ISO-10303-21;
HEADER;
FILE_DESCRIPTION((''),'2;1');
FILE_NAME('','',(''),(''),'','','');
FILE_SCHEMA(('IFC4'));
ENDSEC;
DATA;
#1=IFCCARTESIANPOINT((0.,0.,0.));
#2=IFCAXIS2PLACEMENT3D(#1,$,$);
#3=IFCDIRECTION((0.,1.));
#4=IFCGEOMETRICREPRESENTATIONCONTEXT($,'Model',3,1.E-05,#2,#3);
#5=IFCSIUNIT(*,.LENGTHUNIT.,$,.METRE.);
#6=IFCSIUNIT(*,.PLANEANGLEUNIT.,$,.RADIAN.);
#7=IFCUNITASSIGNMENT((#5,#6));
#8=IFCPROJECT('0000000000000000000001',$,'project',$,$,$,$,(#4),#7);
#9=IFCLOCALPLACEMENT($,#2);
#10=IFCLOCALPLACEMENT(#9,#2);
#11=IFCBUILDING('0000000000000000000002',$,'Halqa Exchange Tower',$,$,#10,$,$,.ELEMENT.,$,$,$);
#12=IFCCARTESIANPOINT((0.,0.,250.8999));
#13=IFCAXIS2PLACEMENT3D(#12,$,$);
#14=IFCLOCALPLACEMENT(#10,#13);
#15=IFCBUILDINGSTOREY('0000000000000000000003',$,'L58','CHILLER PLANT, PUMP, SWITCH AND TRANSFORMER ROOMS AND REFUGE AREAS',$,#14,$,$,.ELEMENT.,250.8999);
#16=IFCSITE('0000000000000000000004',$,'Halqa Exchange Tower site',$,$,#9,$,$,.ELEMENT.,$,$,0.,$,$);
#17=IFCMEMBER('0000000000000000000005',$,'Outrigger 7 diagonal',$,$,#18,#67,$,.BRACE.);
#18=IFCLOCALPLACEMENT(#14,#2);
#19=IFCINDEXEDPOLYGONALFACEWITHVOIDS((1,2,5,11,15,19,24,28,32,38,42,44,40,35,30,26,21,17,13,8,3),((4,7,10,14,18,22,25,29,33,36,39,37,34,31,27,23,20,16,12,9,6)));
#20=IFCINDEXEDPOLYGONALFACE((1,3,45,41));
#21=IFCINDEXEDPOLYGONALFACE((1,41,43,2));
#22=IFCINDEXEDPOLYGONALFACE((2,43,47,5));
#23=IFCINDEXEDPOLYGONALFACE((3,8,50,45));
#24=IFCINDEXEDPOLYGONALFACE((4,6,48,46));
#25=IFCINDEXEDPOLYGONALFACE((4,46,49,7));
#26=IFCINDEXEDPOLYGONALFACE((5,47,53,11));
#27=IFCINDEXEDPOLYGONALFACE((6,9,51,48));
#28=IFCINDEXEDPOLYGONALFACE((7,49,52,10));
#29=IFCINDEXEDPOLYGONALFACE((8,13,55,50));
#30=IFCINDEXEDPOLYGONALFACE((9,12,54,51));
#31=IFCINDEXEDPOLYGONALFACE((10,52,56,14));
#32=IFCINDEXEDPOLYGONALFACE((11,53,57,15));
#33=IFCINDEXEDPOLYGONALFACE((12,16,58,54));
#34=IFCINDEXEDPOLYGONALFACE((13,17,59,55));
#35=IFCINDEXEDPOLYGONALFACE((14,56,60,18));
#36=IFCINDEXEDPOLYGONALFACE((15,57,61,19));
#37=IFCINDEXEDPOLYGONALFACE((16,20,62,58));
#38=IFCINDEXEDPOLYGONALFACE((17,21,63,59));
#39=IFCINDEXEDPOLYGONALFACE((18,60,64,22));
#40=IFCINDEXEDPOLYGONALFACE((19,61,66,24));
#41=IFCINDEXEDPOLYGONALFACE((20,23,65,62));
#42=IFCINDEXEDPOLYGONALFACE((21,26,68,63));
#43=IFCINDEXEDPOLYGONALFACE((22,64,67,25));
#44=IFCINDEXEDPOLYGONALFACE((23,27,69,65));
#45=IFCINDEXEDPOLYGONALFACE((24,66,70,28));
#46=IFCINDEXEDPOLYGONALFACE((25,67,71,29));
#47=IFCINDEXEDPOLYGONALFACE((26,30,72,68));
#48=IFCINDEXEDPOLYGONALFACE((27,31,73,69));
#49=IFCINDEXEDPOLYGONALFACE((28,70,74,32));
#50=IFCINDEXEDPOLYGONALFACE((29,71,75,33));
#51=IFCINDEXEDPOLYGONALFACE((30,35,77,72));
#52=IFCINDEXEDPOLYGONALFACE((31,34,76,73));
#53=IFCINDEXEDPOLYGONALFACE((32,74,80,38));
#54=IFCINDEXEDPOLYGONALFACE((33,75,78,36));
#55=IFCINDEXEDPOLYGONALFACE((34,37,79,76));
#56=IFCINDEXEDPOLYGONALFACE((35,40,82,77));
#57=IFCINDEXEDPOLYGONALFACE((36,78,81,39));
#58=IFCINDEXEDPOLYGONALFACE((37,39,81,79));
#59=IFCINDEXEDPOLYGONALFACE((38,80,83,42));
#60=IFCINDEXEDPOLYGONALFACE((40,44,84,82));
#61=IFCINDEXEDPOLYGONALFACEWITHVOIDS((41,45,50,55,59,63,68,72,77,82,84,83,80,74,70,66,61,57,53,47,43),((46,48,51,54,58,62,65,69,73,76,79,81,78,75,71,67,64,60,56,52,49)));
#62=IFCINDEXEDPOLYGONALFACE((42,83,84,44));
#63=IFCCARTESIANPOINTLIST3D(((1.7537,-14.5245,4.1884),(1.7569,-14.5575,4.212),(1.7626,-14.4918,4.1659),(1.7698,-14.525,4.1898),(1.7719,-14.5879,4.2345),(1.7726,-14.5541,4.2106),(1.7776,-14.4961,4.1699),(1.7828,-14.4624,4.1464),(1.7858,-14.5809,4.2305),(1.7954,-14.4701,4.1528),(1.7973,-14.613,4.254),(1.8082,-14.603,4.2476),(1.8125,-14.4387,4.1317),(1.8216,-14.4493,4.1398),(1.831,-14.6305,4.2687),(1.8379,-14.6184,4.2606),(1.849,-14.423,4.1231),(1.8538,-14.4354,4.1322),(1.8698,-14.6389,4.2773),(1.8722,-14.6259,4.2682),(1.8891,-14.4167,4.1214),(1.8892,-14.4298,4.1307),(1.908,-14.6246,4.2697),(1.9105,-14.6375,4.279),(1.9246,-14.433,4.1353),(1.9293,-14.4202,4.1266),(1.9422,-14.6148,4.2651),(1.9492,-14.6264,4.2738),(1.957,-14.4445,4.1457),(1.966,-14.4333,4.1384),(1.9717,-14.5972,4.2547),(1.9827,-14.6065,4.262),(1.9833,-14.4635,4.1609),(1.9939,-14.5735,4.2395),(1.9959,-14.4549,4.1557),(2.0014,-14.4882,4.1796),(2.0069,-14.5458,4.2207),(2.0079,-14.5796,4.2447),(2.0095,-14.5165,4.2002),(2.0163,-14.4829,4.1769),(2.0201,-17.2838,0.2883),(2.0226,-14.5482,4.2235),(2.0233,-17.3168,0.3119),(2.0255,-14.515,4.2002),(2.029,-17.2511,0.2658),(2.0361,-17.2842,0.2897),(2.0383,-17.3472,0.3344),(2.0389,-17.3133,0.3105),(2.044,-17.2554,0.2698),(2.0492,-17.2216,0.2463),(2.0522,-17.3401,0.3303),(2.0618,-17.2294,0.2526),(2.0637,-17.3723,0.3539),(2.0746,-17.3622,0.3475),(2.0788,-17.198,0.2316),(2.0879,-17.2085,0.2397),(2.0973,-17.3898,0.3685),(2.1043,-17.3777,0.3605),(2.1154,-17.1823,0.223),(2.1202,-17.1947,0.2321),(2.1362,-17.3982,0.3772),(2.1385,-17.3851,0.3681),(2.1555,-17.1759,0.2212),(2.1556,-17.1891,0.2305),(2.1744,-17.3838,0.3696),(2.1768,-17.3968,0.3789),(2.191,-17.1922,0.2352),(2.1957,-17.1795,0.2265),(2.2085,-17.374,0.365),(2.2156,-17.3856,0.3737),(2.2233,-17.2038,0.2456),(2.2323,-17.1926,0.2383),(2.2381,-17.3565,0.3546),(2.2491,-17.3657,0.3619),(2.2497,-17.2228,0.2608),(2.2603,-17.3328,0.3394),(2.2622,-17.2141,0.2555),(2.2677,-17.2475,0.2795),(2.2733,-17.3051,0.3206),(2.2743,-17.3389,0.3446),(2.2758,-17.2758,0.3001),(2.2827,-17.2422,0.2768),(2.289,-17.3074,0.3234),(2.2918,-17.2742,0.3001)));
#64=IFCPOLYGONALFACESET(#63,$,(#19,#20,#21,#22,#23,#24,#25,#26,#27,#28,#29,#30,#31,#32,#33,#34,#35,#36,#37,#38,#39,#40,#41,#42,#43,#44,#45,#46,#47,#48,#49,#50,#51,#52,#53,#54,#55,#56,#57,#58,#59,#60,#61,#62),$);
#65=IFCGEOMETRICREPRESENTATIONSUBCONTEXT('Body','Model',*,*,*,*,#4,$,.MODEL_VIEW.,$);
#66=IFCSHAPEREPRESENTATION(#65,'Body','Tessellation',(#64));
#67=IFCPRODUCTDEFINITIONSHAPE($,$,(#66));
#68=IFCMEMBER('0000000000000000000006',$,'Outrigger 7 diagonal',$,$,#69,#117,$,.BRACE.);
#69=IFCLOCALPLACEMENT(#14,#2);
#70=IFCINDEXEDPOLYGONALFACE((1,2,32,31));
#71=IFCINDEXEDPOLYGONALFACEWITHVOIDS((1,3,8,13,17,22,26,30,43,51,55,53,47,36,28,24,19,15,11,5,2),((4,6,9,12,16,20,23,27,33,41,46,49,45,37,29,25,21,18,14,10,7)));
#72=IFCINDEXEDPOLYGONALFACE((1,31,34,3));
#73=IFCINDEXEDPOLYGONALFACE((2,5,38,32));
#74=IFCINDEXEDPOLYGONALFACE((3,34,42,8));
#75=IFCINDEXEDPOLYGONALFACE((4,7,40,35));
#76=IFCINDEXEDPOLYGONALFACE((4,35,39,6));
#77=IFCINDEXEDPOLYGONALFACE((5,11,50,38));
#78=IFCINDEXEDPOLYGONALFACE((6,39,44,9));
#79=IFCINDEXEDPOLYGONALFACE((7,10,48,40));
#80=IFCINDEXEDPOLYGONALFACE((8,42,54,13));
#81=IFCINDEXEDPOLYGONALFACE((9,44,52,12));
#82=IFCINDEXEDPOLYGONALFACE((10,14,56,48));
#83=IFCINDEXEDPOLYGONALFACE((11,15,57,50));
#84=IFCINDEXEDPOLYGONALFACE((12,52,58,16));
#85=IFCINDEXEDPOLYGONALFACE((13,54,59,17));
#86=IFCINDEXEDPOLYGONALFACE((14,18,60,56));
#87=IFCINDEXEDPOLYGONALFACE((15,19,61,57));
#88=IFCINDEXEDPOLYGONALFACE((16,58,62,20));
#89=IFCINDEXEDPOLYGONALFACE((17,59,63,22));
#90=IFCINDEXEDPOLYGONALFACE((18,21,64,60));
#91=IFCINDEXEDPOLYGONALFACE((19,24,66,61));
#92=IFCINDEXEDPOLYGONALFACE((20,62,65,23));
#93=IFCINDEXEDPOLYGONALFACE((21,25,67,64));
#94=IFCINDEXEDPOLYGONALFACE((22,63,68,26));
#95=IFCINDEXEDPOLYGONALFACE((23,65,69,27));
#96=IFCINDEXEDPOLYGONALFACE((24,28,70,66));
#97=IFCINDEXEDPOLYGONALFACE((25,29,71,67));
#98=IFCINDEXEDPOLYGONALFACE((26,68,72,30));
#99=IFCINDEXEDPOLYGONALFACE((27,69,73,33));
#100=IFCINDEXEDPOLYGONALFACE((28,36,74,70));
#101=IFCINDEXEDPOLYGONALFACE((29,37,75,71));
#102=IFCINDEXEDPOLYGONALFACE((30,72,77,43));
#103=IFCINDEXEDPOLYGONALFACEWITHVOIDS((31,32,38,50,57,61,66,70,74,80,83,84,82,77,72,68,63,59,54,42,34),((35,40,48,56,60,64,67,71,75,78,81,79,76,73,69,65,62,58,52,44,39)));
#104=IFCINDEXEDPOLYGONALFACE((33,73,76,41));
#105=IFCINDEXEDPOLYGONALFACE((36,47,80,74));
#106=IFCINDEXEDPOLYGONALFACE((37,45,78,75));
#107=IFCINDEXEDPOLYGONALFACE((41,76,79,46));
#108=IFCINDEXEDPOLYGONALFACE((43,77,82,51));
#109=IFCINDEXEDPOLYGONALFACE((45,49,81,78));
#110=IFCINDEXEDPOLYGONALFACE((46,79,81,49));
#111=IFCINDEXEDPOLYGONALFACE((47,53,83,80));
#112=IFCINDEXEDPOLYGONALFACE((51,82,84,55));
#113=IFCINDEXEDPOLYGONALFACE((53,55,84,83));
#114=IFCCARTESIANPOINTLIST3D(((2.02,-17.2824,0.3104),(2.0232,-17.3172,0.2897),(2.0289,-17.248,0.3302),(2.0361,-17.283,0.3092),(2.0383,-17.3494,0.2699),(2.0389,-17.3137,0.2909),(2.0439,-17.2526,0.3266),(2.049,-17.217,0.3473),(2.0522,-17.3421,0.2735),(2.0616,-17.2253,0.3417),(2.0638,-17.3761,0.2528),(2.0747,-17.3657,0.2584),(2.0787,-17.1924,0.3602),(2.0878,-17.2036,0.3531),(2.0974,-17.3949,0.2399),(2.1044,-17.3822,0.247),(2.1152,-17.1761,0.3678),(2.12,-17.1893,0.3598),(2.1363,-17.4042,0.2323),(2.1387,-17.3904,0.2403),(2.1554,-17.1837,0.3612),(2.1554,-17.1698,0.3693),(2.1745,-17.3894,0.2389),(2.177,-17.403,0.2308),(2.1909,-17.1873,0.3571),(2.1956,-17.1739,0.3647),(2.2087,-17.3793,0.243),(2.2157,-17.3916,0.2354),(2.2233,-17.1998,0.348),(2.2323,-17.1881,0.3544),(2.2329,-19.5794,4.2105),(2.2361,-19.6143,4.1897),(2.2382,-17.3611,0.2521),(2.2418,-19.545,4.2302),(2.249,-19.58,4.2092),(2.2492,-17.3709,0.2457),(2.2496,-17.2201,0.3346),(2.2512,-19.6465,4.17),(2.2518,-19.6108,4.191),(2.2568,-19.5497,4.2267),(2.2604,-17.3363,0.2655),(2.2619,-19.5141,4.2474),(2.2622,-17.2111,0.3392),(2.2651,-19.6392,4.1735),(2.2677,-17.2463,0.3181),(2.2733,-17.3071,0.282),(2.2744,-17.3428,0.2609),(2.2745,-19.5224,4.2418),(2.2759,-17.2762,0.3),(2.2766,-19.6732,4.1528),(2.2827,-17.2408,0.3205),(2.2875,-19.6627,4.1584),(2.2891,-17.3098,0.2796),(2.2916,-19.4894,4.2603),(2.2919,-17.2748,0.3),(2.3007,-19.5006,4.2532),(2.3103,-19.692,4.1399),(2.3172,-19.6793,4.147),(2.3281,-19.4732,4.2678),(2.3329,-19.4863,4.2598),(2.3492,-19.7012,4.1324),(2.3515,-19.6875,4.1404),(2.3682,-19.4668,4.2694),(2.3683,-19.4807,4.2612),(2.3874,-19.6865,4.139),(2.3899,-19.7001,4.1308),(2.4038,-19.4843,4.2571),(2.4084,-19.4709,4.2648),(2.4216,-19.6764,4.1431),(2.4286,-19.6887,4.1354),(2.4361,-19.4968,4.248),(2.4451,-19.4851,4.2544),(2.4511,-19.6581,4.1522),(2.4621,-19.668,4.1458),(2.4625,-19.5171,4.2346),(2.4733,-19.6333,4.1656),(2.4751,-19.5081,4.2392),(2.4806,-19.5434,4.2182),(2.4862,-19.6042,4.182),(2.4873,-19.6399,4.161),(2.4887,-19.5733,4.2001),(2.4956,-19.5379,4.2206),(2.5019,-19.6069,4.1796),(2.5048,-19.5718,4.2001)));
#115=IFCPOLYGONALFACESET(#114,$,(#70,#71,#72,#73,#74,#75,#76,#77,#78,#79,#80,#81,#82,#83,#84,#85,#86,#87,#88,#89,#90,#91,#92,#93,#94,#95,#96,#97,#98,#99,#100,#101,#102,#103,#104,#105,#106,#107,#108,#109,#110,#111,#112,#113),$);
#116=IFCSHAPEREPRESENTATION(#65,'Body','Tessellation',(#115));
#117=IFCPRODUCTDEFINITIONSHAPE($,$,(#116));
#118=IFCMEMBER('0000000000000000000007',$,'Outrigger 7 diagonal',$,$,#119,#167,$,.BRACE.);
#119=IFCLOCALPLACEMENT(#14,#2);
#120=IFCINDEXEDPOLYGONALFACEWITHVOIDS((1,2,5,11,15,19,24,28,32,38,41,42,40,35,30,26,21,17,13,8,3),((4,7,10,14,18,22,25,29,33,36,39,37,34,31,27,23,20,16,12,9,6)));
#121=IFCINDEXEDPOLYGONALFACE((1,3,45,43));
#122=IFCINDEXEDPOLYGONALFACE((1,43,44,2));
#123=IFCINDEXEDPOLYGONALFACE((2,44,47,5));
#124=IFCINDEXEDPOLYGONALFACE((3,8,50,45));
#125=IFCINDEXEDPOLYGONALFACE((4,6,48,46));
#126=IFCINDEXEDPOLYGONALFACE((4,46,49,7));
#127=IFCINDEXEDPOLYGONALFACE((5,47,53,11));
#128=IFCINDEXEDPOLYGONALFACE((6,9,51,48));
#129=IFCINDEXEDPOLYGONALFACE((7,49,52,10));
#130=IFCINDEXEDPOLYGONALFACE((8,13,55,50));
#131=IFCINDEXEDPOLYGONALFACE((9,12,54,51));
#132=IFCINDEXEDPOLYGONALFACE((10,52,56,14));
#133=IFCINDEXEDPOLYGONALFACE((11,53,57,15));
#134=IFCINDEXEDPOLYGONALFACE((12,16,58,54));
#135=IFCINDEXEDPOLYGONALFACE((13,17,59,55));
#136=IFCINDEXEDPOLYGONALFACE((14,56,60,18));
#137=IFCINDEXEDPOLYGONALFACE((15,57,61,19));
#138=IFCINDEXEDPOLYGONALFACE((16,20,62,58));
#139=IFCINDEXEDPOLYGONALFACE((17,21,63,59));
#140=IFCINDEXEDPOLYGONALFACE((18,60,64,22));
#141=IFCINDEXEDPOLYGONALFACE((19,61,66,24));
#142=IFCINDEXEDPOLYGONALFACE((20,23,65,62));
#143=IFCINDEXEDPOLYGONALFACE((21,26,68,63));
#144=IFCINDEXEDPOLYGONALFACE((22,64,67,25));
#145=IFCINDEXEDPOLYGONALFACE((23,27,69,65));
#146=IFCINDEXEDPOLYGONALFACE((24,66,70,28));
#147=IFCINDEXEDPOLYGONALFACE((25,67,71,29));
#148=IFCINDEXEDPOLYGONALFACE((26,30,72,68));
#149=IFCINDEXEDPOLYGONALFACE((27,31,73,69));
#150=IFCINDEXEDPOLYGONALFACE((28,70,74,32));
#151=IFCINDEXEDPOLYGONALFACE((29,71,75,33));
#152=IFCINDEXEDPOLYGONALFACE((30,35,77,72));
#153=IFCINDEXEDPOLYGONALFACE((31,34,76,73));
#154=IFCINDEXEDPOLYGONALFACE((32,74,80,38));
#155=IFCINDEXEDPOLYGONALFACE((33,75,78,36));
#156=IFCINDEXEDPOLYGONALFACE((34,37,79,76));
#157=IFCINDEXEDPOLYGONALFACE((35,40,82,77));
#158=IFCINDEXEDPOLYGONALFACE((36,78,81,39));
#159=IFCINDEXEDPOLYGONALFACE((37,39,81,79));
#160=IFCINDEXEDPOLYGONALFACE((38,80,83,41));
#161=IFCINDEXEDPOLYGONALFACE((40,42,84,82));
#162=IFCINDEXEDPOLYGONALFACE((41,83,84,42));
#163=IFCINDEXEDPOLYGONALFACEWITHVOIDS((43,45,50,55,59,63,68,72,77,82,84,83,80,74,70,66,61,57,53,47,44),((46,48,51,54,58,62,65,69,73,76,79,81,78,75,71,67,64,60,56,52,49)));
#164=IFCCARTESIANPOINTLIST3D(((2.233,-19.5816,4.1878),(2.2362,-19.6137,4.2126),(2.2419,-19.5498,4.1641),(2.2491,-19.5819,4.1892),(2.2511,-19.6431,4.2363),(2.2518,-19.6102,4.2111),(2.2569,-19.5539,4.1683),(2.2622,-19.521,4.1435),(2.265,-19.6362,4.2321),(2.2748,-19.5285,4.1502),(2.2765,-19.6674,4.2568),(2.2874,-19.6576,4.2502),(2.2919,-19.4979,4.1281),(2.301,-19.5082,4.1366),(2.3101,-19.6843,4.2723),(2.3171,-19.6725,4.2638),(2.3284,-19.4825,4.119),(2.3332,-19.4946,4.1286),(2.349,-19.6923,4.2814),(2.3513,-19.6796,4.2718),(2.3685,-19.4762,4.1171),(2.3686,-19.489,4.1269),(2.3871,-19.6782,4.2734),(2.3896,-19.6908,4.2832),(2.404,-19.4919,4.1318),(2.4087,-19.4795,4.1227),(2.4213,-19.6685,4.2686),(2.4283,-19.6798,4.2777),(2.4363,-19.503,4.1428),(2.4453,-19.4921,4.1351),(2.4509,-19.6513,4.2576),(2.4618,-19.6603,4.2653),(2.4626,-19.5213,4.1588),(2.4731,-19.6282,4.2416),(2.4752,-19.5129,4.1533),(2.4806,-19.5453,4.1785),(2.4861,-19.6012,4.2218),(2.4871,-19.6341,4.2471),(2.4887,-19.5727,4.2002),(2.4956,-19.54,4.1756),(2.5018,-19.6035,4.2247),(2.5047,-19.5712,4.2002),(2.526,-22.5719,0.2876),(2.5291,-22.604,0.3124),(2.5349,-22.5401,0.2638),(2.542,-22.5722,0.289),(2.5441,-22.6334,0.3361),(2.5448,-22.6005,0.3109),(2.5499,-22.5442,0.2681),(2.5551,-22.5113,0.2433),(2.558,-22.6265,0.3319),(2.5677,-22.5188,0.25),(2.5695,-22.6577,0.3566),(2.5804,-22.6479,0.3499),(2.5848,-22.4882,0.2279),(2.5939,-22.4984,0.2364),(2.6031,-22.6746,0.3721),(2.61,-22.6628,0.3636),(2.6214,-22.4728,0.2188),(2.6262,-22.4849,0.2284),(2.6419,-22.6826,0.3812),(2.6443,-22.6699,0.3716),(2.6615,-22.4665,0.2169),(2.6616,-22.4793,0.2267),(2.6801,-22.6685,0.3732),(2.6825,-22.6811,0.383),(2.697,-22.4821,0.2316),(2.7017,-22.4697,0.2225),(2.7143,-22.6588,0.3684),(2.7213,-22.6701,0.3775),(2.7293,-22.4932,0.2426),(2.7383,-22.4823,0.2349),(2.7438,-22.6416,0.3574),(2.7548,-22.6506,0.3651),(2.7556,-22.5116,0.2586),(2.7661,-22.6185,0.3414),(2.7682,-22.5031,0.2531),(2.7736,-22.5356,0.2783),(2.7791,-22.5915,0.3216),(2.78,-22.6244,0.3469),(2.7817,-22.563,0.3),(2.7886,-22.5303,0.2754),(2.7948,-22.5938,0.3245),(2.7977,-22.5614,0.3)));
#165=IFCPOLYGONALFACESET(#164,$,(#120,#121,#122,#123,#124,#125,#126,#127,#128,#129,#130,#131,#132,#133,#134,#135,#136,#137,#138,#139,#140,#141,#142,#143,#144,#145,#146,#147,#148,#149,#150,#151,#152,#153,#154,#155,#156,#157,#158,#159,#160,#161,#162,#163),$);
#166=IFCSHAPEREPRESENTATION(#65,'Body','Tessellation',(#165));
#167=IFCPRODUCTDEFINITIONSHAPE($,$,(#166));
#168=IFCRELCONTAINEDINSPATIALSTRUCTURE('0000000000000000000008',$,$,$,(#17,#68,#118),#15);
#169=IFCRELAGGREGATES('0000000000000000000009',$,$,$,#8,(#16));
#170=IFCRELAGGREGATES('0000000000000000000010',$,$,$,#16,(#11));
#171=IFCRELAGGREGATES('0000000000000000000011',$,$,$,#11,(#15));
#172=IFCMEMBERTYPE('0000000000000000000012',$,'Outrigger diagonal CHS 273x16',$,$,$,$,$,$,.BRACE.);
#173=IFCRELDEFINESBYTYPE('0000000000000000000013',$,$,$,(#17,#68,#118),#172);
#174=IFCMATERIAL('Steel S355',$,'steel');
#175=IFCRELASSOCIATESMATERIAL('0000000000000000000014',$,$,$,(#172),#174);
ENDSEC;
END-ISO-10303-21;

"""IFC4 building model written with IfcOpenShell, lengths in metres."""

from ifc_helpers import new_model, si_unit, direction, frame, origin, origin_2d, place, context, subcontext, project, spatial, hollow_circle, extrude, material, material_profile, profile_set, type_object, element, save


model = new_model("IFC4")

# Units and contexts
model_context = context("Model", 3, precision=1e-05, world=origin(), true_north=direction((0.0, 1.0)))
body_context = subcontext(model_context, "Body", "Model", "MODEL_VIEW")
ifc_project = project(units=[si_unit("LENGTHUNIT", "METRE"), si_unit("PLANEANGLEUNIT", "RADIAN")], contexts=[model_context])

# Site, building, storey
site_placement = place(None, origin())
site = spatial("IfcSite", under=ifc_project, at=site_placement, Name="Halqa Exchange Tower site", CompositionType="ELEMENT", RefElevation=0.0)
building_placement = place(site_placement, origin())
building = spatial("IfcBuilding", under=site, at=building_placement, Name="Halqa Exchange Tower", CompositionType="ELEMENT")
storey_placement = place(building_placement, frame((0.0, 0.0, 250.8999)))
storey = spatial("IfcBuildingStorey", under=building, at=storey_placement, Name="L58", Description="CHILLER PLANT, PUMP, SWITCH AND TRANSFORMER ROOMS AND REFUGE AREAS", CompositionType="ELEMENT", Elevation=250.8999)

# Members
ifc_material_1 = material(Name="Steel S355", Category="steel")
ifc_material_profile_1 = material_profile(ifc_material_1, hollow_circle(Radius=0.1365, WallThickness=0.0161, at=origin_2d()), Name="CHS 273x16")
ifc_profile_set_1 = profile_set([ifc_material_profile_1], Name="Steel S355")
member_type_1 = type_object("IfcMemberType", Name="Outrigger diagonal CHS 273x16", PredefinedType="BRACE", material=ifc_profile_set_1)
member_1_placement = place(storey_placement, frame((1.8896, -14.5281, 4.2002), z_axis=(0.055666, -0.576658, -0.815087), x_axis=(0.995373, 0.096085, 0.0)))
element("IfcMember", 1, at=member_1_placement, inside=storey, type_object=member_type_1, Name="Outrigger 7 diagonal", PredefinedType="BRACE", context=body_context, shape_type="SweptSolid", body=[
    extrude(hollow_circle(Radius=0.1365, WallThickness=0.0161, at=origin_2d()), origin(), (0.0, 0.0, 1.0), 4.7849),
])
member_2_placement = place(storey_placement, frame((2.156, -17.2874, 0.3), z_axis=(0.046982, -0.506938, 0.860701), x_axis=(0.995733, 0.092282, 0.0)))
element("IfcMember", 2, at=member_2_placement, inside=storey, type_object=member_type_1, Name="Outrigger 7 diagonal", PredefinedType="BRACE", context=body_context, shape_type="SweptSolid", body=[
    extrude(hollow_circle(Radius=0.1365, WallThickness=0.0161, at=origin_2d()), origin(), (0.0, 0.0, 1.0), 4.5312),
])
member_3_placement = place(storey_placement, frame((2.3689, -19.5845, 4.2002), z_axis=(0.059507, -0.607369, -0.792188), x_axis=(0.995235, 0.097508, 0.0)))
element("IfcMember", 3, at=member_3_placement, inside=storey, type_object=member_type_1, Name="Outrigger 7 diagonal", PredefinedType="BRACE", context=body_context, shape_type="SweptSolid", body=[
    extrude(hollow_circle(Radius=0.1365, WallThickness=0.0161, at=origin_2d()), origin(), (0.0, 0.0, 1.0), 4.9233),
])

save(model, "model.ifc")
